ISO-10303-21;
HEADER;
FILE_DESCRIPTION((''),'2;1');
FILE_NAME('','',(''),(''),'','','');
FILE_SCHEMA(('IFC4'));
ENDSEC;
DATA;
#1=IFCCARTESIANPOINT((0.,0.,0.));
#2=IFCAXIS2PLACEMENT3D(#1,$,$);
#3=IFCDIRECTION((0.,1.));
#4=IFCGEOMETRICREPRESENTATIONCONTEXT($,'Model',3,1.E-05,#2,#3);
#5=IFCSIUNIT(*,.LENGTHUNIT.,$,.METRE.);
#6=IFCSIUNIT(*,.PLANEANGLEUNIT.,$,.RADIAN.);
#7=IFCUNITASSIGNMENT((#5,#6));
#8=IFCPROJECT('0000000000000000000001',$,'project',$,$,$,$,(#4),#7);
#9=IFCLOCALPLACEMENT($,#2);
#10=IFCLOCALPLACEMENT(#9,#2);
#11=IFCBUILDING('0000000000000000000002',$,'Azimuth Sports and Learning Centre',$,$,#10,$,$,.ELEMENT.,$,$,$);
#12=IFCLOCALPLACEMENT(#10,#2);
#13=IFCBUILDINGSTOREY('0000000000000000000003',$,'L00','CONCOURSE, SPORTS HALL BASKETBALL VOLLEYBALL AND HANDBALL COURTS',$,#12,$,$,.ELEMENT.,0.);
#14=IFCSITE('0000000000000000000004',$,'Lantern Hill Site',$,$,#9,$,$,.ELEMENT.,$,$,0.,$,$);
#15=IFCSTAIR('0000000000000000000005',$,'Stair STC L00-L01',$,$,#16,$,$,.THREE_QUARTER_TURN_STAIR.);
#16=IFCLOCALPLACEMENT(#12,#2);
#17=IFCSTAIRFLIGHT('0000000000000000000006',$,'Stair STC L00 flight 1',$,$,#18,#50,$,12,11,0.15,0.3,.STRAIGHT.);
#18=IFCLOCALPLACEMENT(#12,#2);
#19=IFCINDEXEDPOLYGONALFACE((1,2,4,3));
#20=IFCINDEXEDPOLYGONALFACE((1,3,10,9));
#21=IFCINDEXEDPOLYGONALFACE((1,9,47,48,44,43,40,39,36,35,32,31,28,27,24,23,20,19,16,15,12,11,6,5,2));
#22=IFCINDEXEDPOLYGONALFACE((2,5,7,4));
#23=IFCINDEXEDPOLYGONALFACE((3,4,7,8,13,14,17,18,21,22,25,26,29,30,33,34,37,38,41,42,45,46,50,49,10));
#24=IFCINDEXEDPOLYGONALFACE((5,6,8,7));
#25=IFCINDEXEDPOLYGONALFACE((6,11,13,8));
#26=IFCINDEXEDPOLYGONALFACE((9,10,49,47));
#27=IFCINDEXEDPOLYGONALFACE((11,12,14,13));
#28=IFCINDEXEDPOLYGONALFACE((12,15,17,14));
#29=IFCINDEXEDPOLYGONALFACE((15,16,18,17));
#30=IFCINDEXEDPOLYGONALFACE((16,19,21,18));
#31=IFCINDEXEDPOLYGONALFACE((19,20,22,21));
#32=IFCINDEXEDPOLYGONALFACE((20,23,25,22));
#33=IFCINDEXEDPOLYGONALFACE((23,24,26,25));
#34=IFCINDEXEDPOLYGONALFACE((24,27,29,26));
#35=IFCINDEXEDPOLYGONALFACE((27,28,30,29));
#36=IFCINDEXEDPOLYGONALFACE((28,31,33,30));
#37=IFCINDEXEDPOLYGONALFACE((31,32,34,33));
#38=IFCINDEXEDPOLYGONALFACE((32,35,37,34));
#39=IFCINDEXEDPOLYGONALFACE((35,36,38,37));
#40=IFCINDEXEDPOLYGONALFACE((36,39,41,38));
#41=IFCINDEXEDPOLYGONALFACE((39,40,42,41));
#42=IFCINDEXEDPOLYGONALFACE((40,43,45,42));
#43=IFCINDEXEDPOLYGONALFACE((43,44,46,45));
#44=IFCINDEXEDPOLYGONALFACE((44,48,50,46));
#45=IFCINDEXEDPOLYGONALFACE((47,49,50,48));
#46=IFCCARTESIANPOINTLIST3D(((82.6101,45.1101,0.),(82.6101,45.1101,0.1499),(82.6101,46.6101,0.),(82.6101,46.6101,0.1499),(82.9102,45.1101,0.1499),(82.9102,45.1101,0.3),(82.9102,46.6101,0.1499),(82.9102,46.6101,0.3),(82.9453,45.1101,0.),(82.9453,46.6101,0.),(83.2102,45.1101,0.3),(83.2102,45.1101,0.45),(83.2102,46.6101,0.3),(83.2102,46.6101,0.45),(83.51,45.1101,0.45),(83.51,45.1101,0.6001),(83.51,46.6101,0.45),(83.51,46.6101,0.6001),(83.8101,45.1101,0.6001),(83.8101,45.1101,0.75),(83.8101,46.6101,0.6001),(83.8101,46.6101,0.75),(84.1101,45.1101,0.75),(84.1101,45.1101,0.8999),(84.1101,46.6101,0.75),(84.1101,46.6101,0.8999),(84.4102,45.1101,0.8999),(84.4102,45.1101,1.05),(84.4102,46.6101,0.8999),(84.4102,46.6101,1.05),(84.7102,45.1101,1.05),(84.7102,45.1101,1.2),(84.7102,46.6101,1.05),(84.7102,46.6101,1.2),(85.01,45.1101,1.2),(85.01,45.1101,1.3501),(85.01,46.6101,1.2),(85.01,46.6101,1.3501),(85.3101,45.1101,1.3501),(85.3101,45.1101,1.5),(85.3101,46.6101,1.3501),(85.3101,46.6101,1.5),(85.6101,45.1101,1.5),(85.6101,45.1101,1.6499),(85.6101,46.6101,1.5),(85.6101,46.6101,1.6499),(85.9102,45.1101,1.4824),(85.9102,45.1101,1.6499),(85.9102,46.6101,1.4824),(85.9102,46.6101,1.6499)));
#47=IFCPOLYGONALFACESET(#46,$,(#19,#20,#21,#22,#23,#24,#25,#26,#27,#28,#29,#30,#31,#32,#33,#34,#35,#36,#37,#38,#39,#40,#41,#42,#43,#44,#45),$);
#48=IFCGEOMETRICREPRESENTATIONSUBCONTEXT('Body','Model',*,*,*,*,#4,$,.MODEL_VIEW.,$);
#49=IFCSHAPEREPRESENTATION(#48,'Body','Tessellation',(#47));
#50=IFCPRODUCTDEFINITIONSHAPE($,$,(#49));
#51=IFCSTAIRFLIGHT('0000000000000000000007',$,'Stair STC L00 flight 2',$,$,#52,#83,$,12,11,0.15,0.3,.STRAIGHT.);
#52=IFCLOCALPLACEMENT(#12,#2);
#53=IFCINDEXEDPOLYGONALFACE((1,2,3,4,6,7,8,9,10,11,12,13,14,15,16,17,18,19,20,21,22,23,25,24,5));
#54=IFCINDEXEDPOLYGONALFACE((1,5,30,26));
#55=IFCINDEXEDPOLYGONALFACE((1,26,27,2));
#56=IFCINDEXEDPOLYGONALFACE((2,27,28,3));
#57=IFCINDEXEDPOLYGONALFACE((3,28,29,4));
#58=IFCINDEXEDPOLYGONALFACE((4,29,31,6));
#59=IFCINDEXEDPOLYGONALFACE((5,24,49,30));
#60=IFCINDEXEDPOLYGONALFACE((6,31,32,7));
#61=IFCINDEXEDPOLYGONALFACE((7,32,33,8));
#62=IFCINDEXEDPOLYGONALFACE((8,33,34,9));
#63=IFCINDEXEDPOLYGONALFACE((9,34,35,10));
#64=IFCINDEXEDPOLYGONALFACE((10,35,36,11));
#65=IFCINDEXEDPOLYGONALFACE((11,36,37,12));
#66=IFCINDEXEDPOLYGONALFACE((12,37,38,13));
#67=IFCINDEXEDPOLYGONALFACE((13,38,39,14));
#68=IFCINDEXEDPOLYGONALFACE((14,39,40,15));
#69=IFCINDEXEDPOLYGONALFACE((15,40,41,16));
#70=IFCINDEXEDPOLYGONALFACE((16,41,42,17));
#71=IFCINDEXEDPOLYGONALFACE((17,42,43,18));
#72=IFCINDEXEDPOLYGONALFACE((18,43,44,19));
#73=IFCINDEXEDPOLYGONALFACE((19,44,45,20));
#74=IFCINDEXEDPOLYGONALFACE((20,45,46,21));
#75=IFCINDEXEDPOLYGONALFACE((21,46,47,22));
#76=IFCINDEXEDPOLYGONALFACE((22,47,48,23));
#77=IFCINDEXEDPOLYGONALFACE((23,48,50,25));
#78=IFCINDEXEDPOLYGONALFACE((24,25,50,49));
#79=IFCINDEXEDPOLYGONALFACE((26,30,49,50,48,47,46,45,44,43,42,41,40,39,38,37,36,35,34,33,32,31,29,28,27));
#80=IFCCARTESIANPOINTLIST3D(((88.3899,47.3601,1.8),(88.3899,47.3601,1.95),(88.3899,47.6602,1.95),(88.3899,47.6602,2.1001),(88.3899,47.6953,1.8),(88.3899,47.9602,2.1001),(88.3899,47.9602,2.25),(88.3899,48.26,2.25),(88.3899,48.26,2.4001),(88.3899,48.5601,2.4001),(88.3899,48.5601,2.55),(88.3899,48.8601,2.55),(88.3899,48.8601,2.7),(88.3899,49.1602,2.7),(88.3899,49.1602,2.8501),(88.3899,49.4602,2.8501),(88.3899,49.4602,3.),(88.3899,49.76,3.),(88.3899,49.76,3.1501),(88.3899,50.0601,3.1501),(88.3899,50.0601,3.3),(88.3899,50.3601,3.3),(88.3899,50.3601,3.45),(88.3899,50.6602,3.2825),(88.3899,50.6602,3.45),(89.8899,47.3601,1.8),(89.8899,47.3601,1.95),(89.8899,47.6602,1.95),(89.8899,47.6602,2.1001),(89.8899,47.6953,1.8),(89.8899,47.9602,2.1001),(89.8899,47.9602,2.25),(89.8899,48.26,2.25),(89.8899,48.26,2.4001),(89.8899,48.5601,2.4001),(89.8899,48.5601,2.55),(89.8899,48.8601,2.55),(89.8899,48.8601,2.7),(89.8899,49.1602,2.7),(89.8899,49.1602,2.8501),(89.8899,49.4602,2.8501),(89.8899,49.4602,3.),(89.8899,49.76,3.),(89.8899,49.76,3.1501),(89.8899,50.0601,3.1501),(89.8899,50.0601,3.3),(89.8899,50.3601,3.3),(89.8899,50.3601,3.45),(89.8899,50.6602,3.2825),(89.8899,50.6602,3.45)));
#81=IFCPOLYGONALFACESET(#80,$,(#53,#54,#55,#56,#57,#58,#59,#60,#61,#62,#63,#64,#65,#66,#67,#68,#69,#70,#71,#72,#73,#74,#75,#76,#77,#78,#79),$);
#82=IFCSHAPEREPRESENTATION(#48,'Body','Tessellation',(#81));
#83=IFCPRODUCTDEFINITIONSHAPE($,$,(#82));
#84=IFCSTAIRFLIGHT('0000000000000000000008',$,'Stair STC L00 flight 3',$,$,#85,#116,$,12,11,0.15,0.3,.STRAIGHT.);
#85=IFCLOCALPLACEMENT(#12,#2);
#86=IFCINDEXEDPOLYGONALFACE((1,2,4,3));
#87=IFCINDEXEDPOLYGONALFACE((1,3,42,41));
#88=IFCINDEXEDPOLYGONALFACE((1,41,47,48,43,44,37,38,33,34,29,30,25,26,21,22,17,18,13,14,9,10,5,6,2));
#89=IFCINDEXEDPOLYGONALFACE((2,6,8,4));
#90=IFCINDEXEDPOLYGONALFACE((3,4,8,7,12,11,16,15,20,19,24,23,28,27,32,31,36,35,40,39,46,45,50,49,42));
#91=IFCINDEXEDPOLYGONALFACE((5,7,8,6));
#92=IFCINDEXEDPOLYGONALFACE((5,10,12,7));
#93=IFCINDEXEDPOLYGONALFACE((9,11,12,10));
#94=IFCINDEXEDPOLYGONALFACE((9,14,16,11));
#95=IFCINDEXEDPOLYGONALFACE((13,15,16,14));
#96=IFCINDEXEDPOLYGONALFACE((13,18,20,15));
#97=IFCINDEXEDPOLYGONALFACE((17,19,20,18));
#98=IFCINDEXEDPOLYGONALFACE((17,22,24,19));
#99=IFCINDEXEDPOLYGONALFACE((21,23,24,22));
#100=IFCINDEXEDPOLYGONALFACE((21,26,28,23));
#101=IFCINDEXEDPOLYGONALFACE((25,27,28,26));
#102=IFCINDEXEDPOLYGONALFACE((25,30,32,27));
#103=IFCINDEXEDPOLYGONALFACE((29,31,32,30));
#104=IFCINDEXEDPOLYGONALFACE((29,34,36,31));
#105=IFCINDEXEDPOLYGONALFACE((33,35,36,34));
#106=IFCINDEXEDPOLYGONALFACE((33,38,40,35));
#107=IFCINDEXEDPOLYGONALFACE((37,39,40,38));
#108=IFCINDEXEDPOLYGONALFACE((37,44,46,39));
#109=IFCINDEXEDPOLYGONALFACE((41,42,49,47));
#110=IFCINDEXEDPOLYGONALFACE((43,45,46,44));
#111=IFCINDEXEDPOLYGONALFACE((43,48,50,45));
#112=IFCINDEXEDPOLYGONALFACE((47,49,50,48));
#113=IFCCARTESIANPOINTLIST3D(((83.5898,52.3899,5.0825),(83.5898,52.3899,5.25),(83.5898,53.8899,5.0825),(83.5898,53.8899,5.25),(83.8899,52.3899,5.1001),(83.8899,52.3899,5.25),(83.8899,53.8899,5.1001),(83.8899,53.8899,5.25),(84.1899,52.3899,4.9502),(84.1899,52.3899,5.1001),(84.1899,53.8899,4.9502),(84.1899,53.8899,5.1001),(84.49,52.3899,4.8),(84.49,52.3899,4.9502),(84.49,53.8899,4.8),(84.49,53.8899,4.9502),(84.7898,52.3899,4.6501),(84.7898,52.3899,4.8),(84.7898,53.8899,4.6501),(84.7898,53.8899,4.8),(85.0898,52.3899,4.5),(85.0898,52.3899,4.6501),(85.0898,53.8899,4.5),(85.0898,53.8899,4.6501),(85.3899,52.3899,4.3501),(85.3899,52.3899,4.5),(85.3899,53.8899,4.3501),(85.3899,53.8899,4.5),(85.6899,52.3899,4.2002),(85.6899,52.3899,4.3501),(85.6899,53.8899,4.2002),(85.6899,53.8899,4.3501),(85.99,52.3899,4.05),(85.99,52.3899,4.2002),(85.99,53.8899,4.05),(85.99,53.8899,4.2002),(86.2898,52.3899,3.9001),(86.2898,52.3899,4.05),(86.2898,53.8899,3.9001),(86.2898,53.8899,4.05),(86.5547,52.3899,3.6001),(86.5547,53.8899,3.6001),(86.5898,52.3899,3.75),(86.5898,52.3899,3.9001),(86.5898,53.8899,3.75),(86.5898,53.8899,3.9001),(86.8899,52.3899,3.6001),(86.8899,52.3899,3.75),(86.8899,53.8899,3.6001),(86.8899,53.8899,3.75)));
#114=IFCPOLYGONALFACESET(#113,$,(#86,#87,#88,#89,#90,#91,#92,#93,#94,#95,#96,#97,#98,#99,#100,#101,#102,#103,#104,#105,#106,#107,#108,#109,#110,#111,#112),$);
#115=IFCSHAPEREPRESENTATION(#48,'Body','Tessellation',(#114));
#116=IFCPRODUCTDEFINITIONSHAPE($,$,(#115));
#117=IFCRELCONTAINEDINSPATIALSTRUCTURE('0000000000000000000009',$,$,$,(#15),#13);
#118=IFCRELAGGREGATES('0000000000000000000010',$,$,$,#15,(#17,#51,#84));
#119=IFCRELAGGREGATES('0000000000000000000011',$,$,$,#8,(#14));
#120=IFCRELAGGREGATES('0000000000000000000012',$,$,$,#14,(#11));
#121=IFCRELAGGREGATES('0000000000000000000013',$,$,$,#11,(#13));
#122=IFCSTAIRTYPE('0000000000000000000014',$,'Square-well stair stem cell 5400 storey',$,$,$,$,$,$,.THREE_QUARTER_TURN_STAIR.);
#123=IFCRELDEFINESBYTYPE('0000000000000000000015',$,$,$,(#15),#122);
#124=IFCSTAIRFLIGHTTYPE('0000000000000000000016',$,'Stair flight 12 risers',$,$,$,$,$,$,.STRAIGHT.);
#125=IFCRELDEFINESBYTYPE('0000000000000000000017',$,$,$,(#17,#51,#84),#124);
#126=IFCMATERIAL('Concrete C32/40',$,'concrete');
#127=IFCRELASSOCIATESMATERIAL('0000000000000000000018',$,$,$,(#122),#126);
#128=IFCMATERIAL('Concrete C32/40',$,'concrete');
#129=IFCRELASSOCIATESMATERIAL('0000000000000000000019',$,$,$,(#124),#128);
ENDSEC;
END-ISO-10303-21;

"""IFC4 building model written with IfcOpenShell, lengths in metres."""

from ifc_helpers import new_model, si_unit, direction, frame, origin, place, context, subcontext, project, spatial, polyline, outline, extrude, material, type_object, element, aggregate, save


model = new_model("IFC4")

# Units and contexts
model_context = context("Model", 3, precision=1e-05, world=origin(), true_north=direction((0.0, 1.0)))
body_context = subcontext(model_context, "Body", "Model", "MODEL_VIEW")
ifc_project = project(units=[si_unit("LENGTHUNIT", "METRE"), si_unit("PLANEANGLEUNIT", "RADIAN")], contexts=[model_context])

# Site, building, storey
site_placement = place(None, origin())
site = spatial("IfcSite", under=ifc_project, at=site_placement, Name="Lantern Hill Site", CompositionType="ELEMENT", RefElevation=0.0)
building_placement = place(site_placement, origin())
building = spatial("IfcBuilding", under=site, at=building_placement, Name="Azimuth Sports and Learning Centre", CompositionType="ELEMENT")
storey_placement = place(building_placement, origin())
storey = spatial("IfcBuildingStorey", under=building, at=storey_placement, Name="L00", Description="CONCOURSE, SPORTS HALL BASKETBALL VOLLEYBALL AND HANDBALL COURTS", CompositionType="ELEMENT", Elevation=0.0)

# Stair, stair flights
ifc_material_1 = material(Name="Concrete C32/40", Category="concrete")
stair_type = type_object("IfcStairType", Name="Square-well stair stem cell 5400 storey", PredefinedType="THREE_QUARTER_TURN_STAIR", material=ifc_material_1)
stair_placement = place(storey_placement, origin())
stair = element("IfcStair", 1, at=stair_placement, inside=storey, type_object=stair_type, Name="Stair STC L00-L01", PredefinedType="THREE_QUARTER_TURN_STAIR")
ifc_material_2 = material(Name="Concrete C32/40", Category="concrete")
stair_flight_type = type_object("IfcStairFlightType", Name="Stair flight 12 risers", PredefinedType="STRAIGHT", material=ifc_material_2)
stair_flight_1_placement = place(storey_placement, frame((82.6101, 45.8601, 0.0), z_axis=(0.0, 0.0, 1.0), x_axis=(1.0, 0.0, 0.0)))
stair_flight_1 = element("IfcStairFlight", 2, at=stair_flight_1_placement, type_object=stair_flight_type, Name="Stair STC L00 flight 1", NumberOfRisers=12, NumberOfTreads=11, PredefinedType="STRAIGHT", RiserHeight=0.15, TreadLength=0.3, context=body_context, shape_type="SweptSolid", body=[
    extrude(outline(polyline([(0.0, 0.0), (0.0, 0.1499), (0.3, 0.1499), (0.3, 0.3), (0.6001, 0.3), (0.6001, 0.45), (0.8999, 0.45), (0.8999, 0.6001), (1.2, 0.6001), (1.2, 0.75), (1.5, 0.75), (1.5, 0.8999), (1.8, 0.8999), (1.8, 1.05), (2.1001, 1.05), (2.1001, 1.2), (2.3999, 1.2), (2.3999, 1.3501), (2.7, 1.3501), (2.7, 1.5), (3.0, 1.5), (3.0, 1.6499), (3.3, 1.6499), (3.3, 1.8), (3.3, 1.4824), (0.3352, 0.0), (0.0, 0.0)])), frame((0.0, 0.75, 0.0), z_axis=(0.0, -1.0, 0.0), x_axis=(1.0, 0.0, 0.0)), (0.0, 0.0, 1.0), 1.5),
])
stair_flight_2_placement = place(storey_placement, frame((89.1399, 47.3601, 1.8), z_axis=(0.0, 0.0, 1.0), x_axis=(0.0, 1.0, 0.0)))
stair_flight_2 = element("IfcStairFlight", 3, at=stair_flight_2_placement, type_object=stair_flight_type, Name="Stair STC L00 flight 2", NumberOfRisers=12, NumberOfTreads=11, PredefinedType="STRAIGHT", RiserHeight=0.15, TreadLength=0.3, context=body_context, shape_type="SweptSolid", body=[
    extrude(outline(polyline([(0.0, 0.0), (0.0, 0.1499), (0.3, 0.1499), (0.3, 0.3), (0.6001, 0.3), (0.6001, 0.45), (0.8999, 0.45), (0.8999, 0.6001), (1.2, 0.6001), (1.2, 0.75), (1.5, 0.75), (1.5, 0.8999), (1.8, 0.8999), (1.8, 1.05), (2.1001, 1.05), (2.1001, 1.2), (2.3999, 1.2), (2.3999, 1.3501), (2.7, 1.3501), (2.7, 1.5), (3.0, 1.5), (3.0, 1.6499), (3.3, 1.6499), (3.3, 1.8), (3.3, 1.4824), (0.3352, 0.0), (0.0, 0.0)])), frame((0.0, 0.75, 0.0), z_axis=(0.0, -1.0, 0.0), x_axis=(1.0, 0.0, 0.0)), (0.0, 0.0, 1.0), 1.5),
])
stair_flight_3_placement = place(storey_placement, frame((86.8899, 53.1399, 3.6001), z_axis=(0.0, 0.0, 1.0), x_axis=(-1.0, 0.0, 0.0)))
stair_flight_3 = element("IfcStairFlight", 4, at=stair_flight_3_placement, type_object=stair_flight_type, Name="Stair STC L00 flight 3", NumberOfRisers=12, NumberOfTreads=11, PredefinedType="STRAIGHT", RiserHeight=0.15, TreadLength=0.3, context=body_context, shape_type="SweptSolid", body=[
    extrude(outline(polyline([(0.0, 0.0), (0.0, 0.1499), (0.3, 0.1499), (0.3, 0.3), (0.6001, 0.3), (0.6001, 0.45), (0.8999, 0.45), (0.8999, 0.6001), (1.2, 0.6001), (1.2, 0.75), (1.5, 0.75), (1.5, 0.8999), (1.8, 0.8999), (1.8, 1.05), (2.1001, 1.05), (2.1001, 1.2), (2.3999, 1.2), (2.3999, 1.3501), (2.7, 1.3501), (2.7, 1.5), (3.0, 1.5), (3.0, 1.6499), (3.3, 1.6499), (3.3, 1.8), (3.3, 1.4824), (0.3352, 0.0), (0.0, 0.0)])), frame((0.0, 0.75, 0.0), z_axis=(0.0, -1.0, 0.0), x_axis=(1.0, 0.0, 0.0)), (0.0, 0.0, 1.0), 1.5),
])
aggregate(stair, [stair_flight_1, stair_flight_2, stair_flight_3])

save(model, "model.ifc")
